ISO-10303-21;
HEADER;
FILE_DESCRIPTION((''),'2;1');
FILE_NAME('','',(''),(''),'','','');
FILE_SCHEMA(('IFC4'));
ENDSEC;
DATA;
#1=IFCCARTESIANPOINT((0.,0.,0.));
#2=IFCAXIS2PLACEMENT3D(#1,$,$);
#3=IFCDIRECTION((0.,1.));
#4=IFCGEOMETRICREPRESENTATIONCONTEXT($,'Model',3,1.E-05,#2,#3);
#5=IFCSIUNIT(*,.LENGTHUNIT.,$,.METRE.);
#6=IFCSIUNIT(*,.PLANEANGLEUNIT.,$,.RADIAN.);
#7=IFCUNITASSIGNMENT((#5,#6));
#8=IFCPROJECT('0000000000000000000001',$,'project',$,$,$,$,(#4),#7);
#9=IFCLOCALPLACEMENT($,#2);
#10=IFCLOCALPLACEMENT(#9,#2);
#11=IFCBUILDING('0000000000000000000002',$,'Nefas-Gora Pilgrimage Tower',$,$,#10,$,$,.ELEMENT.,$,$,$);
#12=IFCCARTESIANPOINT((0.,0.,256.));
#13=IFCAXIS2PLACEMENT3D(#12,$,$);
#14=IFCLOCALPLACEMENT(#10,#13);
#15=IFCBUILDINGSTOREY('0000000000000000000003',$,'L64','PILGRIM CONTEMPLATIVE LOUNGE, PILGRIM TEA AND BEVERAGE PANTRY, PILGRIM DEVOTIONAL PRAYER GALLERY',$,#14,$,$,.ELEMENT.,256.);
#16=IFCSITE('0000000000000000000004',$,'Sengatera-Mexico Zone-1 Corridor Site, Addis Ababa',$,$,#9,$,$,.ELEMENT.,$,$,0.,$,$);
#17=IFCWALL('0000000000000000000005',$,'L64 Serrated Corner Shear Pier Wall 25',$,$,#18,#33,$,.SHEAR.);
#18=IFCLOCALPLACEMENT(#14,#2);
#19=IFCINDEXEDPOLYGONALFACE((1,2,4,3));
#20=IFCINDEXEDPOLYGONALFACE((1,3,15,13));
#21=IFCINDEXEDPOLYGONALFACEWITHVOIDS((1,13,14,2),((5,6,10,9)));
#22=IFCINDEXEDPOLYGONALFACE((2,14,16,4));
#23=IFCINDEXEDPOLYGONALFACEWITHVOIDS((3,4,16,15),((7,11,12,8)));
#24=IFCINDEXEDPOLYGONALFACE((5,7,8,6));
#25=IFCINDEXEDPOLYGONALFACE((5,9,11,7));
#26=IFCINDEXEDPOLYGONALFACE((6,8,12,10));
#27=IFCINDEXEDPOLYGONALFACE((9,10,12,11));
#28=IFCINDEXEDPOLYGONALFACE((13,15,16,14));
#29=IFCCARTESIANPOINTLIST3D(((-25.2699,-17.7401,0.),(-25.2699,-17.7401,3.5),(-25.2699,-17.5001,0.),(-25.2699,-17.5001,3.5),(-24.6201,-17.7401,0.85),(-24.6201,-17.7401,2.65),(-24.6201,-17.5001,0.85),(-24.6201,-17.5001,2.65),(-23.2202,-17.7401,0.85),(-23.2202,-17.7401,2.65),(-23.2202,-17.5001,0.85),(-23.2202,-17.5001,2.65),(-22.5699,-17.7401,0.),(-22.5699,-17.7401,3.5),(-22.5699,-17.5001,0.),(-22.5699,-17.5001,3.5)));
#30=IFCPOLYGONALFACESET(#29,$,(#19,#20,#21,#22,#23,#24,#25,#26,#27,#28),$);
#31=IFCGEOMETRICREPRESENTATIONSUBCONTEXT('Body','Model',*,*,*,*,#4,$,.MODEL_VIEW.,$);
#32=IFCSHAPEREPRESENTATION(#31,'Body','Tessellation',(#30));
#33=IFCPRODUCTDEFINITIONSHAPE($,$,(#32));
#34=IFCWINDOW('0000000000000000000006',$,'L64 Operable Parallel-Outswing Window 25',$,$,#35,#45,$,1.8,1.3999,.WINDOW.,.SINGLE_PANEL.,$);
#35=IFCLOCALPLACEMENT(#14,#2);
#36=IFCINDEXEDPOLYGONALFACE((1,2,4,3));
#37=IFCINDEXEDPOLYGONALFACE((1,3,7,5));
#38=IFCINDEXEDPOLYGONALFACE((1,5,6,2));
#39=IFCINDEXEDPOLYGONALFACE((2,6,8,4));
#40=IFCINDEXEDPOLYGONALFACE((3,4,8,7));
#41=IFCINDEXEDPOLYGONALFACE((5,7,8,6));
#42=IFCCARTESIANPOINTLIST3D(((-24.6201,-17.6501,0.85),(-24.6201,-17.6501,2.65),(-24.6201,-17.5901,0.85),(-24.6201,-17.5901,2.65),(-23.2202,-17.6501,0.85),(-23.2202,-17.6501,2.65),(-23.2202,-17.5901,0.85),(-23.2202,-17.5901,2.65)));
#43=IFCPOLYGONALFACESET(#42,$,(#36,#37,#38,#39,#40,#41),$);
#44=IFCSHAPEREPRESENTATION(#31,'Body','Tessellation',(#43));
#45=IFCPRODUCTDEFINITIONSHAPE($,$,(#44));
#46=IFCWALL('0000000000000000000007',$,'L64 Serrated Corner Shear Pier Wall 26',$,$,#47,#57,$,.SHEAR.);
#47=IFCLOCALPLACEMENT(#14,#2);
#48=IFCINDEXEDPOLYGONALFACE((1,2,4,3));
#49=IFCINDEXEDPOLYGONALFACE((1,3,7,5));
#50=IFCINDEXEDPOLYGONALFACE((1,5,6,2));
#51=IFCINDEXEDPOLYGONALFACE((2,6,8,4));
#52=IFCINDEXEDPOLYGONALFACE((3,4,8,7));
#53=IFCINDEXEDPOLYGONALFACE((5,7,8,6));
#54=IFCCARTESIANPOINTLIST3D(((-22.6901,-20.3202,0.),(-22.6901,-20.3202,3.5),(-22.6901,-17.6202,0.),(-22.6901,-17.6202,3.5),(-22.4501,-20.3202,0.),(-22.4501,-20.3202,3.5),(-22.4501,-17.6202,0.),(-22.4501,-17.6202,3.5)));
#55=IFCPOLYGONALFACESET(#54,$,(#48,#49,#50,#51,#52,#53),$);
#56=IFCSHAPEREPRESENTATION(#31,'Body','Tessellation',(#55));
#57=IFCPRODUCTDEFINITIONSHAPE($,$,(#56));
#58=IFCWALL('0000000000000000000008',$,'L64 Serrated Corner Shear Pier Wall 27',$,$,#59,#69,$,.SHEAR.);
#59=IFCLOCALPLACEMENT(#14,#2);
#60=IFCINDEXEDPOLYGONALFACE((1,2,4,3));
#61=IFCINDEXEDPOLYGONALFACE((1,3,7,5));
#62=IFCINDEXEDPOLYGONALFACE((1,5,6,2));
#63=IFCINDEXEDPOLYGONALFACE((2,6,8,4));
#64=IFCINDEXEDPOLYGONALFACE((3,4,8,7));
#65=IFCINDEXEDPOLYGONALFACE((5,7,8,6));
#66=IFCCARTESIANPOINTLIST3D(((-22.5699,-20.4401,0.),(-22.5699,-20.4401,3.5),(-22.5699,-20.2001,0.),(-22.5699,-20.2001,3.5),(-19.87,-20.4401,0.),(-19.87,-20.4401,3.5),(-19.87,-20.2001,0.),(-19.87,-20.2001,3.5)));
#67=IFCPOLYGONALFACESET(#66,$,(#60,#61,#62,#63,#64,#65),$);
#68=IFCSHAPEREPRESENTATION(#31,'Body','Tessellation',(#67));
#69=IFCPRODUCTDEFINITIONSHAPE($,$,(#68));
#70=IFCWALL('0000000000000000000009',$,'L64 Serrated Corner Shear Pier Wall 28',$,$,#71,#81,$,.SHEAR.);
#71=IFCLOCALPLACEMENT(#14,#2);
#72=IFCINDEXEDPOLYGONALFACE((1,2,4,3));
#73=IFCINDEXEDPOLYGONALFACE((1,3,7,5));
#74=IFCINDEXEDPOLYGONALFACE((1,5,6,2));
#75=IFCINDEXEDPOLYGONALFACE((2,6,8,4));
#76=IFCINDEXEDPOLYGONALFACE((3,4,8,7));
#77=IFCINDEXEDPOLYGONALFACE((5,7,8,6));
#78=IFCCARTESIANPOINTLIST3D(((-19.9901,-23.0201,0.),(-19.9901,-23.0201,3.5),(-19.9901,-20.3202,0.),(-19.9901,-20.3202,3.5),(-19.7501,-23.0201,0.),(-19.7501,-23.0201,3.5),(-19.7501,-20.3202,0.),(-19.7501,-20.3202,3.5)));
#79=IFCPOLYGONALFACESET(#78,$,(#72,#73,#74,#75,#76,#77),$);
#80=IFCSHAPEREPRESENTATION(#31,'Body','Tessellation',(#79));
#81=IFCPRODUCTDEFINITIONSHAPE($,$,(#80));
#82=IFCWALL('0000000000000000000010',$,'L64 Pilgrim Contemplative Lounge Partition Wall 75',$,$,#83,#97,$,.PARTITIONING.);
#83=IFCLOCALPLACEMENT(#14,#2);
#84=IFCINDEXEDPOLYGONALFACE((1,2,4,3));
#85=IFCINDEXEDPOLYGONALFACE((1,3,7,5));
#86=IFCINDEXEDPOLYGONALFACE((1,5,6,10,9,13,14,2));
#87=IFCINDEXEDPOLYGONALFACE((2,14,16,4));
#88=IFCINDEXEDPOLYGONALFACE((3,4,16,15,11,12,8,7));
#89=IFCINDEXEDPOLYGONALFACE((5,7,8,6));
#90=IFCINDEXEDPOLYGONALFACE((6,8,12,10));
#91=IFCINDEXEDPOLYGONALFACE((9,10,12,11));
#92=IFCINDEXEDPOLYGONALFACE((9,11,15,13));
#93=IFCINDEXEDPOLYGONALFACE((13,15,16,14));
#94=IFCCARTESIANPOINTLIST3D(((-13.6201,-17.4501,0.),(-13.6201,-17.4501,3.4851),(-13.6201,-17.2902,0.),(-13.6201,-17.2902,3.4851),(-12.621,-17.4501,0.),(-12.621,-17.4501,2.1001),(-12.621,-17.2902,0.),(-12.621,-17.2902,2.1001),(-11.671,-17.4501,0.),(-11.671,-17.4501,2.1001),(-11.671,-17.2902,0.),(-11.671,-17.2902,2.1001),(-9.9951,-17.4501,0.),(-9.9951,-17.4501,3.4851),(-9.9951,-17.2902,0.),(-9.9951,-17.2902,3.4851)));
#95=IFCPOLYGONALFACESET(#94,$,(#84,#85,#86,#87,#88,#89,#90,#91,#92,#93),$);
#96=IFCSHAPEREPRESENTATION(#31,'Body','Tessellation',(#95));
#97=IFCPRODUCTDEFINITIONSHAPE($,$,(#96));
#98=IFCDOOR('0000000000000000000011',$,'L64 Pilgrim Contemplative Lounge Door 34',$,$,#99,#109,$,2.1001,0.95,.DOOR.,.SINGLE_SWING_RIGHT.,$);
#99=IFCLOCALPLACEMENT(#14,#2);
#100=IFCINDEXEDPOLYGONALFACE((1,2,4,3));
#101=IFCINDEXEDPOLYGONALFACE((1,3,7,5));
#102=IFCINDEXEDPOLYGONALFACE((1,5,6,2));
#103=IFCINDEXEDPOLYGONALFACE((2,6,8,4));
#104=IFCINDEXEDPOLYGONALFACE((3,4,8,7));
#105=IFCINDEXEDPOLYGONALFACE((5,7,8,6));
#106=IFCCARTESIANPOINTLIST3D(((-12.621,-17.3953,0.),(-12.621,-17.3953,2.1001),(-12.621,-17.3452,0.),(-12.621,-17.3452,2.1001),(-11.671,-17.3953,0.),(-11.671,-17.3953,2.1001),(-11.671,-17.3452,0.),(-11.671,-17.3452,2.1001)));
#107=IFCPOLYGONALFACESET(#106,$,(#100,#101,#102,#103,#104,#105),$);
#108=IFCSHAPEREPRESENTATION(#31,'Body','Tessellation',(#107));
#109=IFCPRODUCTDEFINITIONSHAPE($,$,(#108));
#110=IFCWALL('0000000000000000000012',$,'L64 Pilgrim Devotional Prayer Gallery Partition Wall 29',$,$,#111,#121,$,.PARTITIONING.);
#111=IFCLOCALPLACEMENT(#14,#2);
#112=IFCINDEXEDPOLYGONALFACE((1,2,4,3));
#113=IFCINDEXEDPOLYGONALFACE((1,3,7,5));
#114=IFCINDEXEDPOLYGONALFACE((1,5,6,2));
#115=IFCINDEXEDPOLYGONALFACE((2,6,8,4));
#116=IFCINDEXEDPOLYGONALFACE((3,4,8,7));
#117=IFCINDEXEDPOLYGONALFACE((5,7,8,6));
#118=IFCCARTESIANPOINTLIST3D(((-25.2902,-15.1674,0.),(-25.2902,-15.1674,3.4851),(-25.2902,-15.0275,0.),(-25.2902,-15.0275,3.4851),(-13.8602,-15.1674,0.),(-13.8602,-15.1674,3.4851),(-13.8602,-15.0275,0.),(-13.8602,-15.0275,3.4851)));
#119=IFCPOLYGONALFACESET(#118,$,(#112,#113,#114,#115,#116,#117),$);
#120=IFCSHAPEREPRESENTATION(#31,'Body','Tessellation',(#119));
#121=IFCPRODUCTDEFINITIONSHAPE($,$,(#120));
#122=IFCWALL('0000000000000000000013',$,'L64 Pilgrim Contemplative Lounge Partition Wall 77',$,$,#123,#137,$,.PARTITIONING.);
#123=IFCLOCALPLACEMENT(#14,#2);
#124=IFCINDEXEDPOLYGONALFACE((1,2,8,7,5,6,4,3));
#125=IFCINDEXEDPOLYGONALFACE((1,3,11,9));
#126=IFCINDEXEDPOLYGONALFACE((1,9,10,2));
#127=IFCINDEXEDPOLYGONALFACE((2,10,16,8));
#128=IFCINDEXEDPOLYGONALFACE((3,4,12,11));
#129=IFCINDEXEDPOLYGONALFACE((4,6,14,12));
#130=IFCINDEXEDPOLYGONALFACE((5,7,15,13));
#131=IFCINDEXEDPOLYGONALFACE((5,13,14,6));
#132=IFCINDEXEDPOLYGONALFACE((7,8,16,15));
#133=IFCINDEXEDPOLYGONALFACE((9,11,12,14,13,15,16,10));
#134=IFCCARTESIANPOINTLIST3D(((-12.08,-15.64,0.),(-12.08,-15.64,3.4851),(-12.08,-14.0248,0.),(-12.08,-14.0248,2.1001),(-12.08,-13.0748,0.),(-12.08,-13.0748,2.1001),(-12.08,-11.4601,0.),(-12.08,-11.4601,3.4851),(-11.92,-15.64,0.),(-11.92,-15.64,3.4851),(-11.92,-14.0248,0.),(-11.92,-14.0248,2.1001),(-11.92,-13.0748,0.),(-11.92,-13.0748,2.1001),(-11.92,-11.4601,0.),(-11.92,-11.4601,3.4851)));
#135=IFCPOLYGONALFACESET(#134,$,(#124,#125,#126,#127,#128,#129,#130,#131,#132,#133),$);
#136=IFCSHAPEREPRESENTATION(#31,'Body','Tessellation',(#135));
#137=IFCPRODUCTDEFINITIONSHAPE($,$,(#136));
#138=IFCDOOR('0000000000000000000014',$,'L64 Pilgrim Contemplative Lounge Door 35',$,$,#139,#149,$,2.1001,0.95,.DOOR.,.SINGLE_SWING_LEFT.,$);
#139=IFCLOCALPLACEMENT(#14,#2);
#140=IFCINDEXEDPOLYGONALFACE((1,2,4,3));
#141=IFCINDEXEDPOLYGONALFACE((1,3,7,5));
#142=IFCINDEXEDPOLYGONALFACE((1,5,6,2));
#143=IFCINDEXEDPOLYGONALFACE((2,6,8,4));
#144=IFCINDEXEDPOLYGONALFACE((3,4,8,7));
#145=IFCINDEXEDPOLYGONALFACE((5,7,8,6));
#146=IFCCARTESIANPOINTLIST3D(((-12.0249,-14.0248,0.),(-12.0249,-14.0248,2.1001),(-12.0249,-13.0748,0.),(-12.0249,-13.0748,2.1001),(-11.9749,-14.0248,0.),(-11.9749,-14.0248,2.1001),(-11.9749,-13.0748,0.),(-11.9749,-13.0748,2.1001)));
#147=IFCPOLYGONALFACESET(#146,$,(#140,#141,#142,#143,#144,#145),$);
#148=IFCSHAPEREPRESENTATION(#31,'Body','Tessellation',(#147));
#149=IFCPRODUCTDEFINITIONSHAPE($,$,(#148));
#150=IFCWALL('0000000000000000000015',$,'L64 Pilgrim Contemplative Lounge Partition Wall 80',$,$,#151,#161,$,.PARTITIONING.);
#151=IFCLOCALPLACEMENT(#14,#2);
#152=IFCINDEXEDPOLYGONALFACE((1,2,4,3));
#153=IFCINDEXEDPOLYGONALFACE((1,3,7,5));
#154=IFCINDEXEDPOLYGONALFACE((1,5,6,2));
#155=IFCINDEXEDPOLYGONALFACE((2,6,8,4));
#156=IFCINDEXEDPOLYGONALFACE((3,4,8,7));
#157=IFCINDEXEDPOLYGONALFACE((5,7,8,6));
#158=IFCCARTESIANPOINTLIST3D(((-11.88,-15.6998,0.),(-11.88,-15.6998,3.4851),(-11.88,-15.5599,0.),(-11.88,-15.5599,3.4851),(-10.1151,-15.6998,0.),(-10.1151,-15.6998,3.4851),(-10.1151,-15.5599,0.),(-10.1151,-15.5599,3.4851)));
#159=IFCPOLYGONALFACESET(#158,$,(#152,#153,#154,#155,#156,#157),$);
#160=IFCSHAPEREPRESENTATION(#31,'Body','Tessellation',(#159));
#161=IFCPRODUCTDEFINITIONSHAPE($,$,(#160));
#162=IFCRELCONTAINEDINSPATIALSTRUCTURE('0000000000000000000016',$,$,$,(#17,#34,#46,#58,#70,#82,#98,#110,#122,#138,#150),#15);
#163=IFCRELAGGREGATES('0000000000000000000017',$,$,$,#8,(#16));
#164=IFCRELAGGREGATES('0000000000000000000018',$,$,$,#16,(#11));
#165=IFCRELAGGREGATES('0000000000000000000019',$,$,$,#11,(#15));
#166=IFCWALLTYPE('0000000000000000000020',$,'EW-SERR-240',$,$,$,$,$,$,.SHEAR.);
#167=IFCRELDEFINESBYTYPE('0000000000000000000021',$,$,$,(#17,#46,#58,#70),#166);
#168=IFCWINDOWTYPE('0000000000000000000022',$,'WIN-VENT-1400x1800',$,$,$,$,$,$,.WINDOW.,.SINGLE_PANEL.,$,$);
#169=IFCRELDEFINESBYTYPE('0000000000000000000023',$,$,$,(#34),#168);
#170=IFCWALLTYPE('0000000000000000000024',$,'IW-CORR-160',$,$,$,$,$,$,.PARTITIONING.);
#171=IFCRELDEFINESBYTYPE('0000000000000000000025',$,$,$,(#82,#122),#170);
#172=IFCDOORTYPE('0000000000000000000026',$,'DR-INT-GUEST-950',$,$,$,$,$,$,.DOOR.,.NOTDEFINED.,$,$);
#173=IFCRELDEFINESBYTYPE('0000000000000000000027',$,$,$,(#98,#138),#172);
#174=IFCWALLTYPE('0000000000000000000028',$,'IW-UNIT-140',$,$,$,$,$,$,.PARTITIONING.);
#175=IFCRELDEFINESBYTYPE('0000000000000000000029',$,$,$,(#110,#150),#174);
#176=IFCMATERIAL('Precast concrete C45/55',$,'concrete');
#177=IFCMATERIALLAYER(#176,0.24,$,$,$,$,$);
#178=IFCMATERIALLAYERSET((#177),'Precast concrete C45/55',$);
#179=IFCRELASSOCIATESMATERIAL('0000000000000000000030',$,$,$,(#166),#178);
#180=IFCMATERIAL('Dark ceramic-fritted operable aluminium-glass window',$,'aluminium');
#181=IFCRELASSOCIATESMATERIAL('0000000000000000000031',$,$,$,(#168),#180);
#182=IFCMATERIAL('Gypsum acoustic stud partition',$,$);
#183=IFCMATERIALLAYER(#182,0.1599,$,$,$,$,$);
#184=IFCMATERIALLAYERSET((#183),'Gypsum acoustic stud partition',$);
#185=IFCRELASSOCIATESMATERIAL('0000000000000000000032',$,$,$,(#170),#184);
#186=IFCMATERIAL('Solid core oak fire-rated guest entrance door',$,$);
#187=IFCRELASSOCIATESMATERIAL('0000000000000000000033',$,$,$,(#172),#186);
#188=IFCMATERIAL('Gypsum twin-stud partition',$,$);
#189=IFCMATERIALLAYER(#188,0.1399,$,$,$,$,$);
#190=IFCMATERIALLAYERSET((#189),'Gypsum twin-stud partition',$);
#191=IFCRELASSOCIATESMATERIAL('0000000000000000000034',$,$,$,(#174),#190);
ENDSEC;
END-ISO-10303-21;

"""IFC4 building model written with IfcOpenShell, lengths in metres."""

from ifc_helpers import new_model, si_unit, direction, frame, frame_2d, origin, place, context, subcontext, project, spatial, rectangle, extrude, source, transform, mapped, material, layer, layer_set, type_object, element, fill, save


model = new_model("IFC4")

# Units and contexts
model_context = context("Model", 3, precision=1e-05, world=origin(), true_north=direction((0.0, 1.0)))
body_context = subcontext(model_context, "Body", "Model", "MODEL_VIEW")
ifc_project = project(units=[si_unit("LENGTHUNIT", "METRE"), si_unit("PLANEANGLEUNIT", "RADIAN")], contexts=[model_context])

# Site, building, storey
site_placement = place(None, origin())
site = spatial("IfcSite", under=ifc_project, at=site_placement, Name="Sengatera-Mexico Zone-1 Corridor Site, Addis Ababa", CompositionType="ELEMENT", RefElevation=0.0)
building_placement = place(site_placement, origin())
building = spatial("IfcBuilding", under=site, at=building_placement, Name="Nefas-Gora Pilgrimage Tower", CompositionType="ELEMENT")
storey_placement = place(building_placement, frame((0.0, 0.0, 256.0)))
storey = spatial("IfcBuildingStorey", under=building, at=storey_placement, Name="L64", Description="PILGRIM CONTEMPLATIVE LOUNGE, PILGRIM TEA AND BEVERAGE PANTRY, PILGRIM DEVOTIONAL PRAYER GALLERY", CompositionType="ELEMENT", Elevation=256.0)

# Wall, opening, window
ifc_material_1 = material(Name="Precast concrete C45/55", Category="concrete")
ifc_layer_1 = layer(ifc_material_1, 0.24)
ifc_layer_set_1 = layer_set([ifc_layer_1], Name="Precast concrete C45/55")
wall_type_1 = type_object("IfcWallType", Name="EW-SERR-240", PredefinedType="SHEAR", material=ifc_layer_set_1)
shared_shape_1 = source(origin(), body_context, "Body", "SweptSolid", [
    extrude(rectangle(XDim=2.7, YDim=0.24, at=frame_2d((1.3501, 0.0))), origin(), (0.0, 0.0, 1.0), 3.5),
])
wall_1_placement = place(storey_placement, frame((-25.27, -17.6201, 0.0), z_axis=(0.0, 0.0, 1.0), x_axis=(1.0, 0.0, 0.0)))
wall_1 = element("IfcWall", 1, at=wall_1_placement, inside=storey, type_object=wall_type_1, Name="L64 Serrated Corner Shear Pier Wall 25", PredefinedType="SHEAR", context=body_context, shape_type="MappedRepresentation", body=[
    mapped(shared_shape_1, transform((0.0, 0.0, 0.0), x_axis=(1.0, 0.0, 0.0), y_axis=(0.0, 1.0, 0.0), z_axis=(0.0, 0.0, 1.0), scale=1.0)),
])
opening_1_placement = place(wall_1_placement, frame((0.6499, 0.0, 0.8501)))
opening_1 = element("IfcOpeningElement", 2, at=opening_1_placement, cuts=wall_1, PredefinedType="OPENING", context=body_context, shape_type="SweptSolid", body=[
    extrude(rectangle(XDim=1.3999, YDim=1.8, at=frame_2d((0.7, 0.8999))), frame((0.0, 0.1299, 0.0), z_axis=(0.0, -1.0, 0.0), x_axis=(1.0, 0.0, 0.0)), (0.0, 0.0, 1.0), 0.26),
])
ifc_material_2 = material(Name="Dark ceramic-fritted operable aluminium-glass window", Category="aluminium")
window_type = type_object("IfcWindowType", Name="WIN-VENT-1400x1800", PartitioningType="SINGLE_PANEL", PredefinedType="WINDOW", material=ifc_material_2)
shared_shape_2 = source(origin(), body_context, "Body", "SweptSolid", [
    extrude(rectangle(XDim=1.3999, YDim=1.8, at=frame_2d((0.7, 0.8999))), frame((0.0, 0.03, 0.0), z_axis=(0.0, -1.0, 0.0), x_axis=(1.0, 0.0, 0.0)), (0.0, 0.0, 1.0), 0.0601),
])
window_placement = place(opening_1_placement, origin())
window = element("IfcWindow", 3, at=window_placement, inside=storey, type_object=window_type, Name="L64 Operable Parallel-Outswing Window 25", OverallHeight=1.8, OverallWidth=1.3999, PartitioningType="SINGLE_PANEL", PredefinedType="WINDOW", context=body_context, shape_type="MappedRepresentation", body=[
    mapped(shared_shape_2, transform((0.0, 0.0, 0.0), x_axis=(1.0, 0.0, 0.0), y_axis=(0.0, 1.0, 0.0), z_axis=(0.0, 0.0, 1.0), scale=1.0)),
])
fill(opening_1, window)

# Walls
for number, where, z_axis, x_axis, name in (
    (4, (-22.5701, -17.6201, 0.0), (0.0, 0.0, 1.0), (0.0, -1.0, 0.0), "L64 Serrated Corner Shear Pier Wall 26"),
    (5, (-22.5701, -20.3201, 0.0), (0.0, 0.0, 1.0), (1.0, 0.0, 0.0), "L64 Serrated Corner Shear Pier Wall 27"),
    (6, (-19.8701, -20.3201, 0.0), (0.0, 0.0, 1.0), (0.0, -1.0, 0.0), "L64 Serrated Corner Shear Pier Wall 28"),
):
    element("IfcWall", number, at=place(storey_placement, frame(where, z_axis=z_axis, x_axis=x_axis)), inside=storey, type_object=wall_type_1, Name=name, PredefinedType="SHEAR", context=body_context, shape_type="MappedRepresentation", body=[
        mapped(shared_shape_1, transform((0.0, 0.0, 0.0), x_axis=(1.0, 0.0, 0.0), y_axis=(0.0, 1.0, 0.0), z_axis=(0.0, 0.0, 1.0), scale=1.0)),
    ])

# Wall, opening, door
ifc_material_3 = material(Name="Gypsum acoustic stud partition")
ifc_layer_2 = layer(ifc_material_3, 0.1599)
ifc_layer_set_2 = layer_set([ifc_layer_2], Name="Gypsum acoustic stud partition")
wall_type_2 = type_object("IfcWallType", Name="IW-CORR-160", PredefinedType="PARTITIONING", material=ifc_layer_set_2)
shared_shape_3 = source(origin(), body_context, "Body", "SweptSolid", [
    extrude(rectangle(XDim=3.625, YDim=0.1599, at=frame_2d((1.8125, 0.0))), origin(), (0.0, 0.0, 1.0), 3.4851),
])
wall_2_placement = place(storey_placement, frame((-13.6201, -17.3701, 0.0), z_axis=(0.0, 0.0, 1.0), x_axis=(1.0, 0.0, 0.0)))
wall_2 = element("IfcWall", 7, at=wall_2_placement, inside=storey, type_object=wall_type_2, Name="L64 Pilgrim Contemplative Lounge Partition Wall 75", PredefinedType="PARTITIONING", context=body_context, shape_type="MappedRepresentation", body=[
    mapped(shared_shape_3, transform((0.0, 0.0, 0.0), x_axis=(1.0, 0.0, 0.0), y_axis=(0.0, 1.0, 0.0), z_axis=(0.0, 0.0, 1.0), scale=1.0)),
])
opening_2_placement = place(wall_2_placement, frame((0.999, 0.0, 0.0)))
opening_2 = element("IfcOpeningElement", 8, at=opening_2_placement, cuts=wall_2, PredefinedType="OPENING", context=body_context, shape_type="SweptSolid", body=[
    extrude(rectangle(XDim=0.95, YDim=2.1001, at=frame_2d((0.4751, 1.05))), frame((0.0, 0.0898, 0.0), z_axis=(0.0, -1.0, 0.0), x_axis=(1.0, 0.0, 0.0)), (0.0, 0.0, 1.0), 0.1799),
])
ifc_material_4 = material(Name="Solid core oak fire-rated guest entrance door")
door_type = type_object("IfcDoorType", Name="DR-INT-GUEST-950", OperationType="NOTDEFINED", PredefinedType="DOOR", material=ifc_material_4)
shared_shape_4 = source(origin(), body_context, "Body", "SweptSolid", [
    extrude(rectangle(XDim=0.95, YDim=2.1001, at=frame_2d((0.4751, 1.05))), frame((0.0, 0.0249, 0.0), z_axis=(0.0, -1.0, 0.0), x_axis=(1.0, 0.0, 0.0)), (0.0, 0.0, 1.0), 0.05),
])
door_1_placement = place(opening_2_placement, origin())
door_1 = element("IfcDoor", 9, at=door_1_placement, inside=storey, type_object=door_type, Name="L64 Pilgrim Contemplative Lounge Door 34", OperationType="SINGLE_SWING_RIGHT", OverallHeight=2.1001, OverallWidth=0.95, PredefinedType="DOOR", context=body_context, shape_type="MappedRepresentation", body=[
    mapped(shared_shape_4, transform((0.0, 0.0, 0.0), x_axis=(1.0, 0.0, 0.0), y_axis=(0.0, 1.0, 0.0), z_axis=(0.0, 0.0, 1.0), scale=1.0)),
])
fill(opening_2, door_1)

# Wall
ifc_material_5 = material(Name="Gypsum twin-stud partition")
ifc_layer_3 = layer(ifc_material_5, 0.1399)
ifc_layer_set_3 = layer_set([ifc_layer_3], Name="Gypsum twin-stud partition")
wall_type_3 = type_object("IfcWallType", Name="IW-UNIT-140", PredefinedType="PARTITIONING", material=ifc_layer_set_3)
shared_shape_5 = source(origin(), body_context, "Body", "SweptSolid", [
    extrude(rectangle(XDim=11.4299, YDim=0.1399, at=frame_2d((5.7148, 0.0))), origin(), (0.0, 0.0, 1.0), 3.4851),
])
wall_3_placement = place(storey_placement, frame((-25.29, -15.0974, 0.0), z_axis=(0.0, 0.0, 1.0), x_axis=(1.0, 0.0, 0.0)))
element("IfcWall", 10, at=wall_3_placement, inside=storey, type_object=wall_type_3, Name="L64 Pilgrim Devotional Prayer Gallery Partition Wall 29", PredefinedType="PARTITIONING", context=body_context, shape_type="MappedRepresentation", body=[
    mapped(shared_shape_5, transform((0.0, 0.0, 0.0), x_axis=(1.0, 0.0, 0.0), y_axis=(0.0, 1.0, 0.0), z_axis=(0.0, 0.0, 1.0), scale=1.0)),
])

# Wall, opening, door
shared_shape_6 = source(origin(), body_context, "Body", "SweptSolid", [
    extrude(rectangle(XDim=4.1799, YDim=0.1599, at=frame_2d((2.0898, 0.0))), origin(), (0.0, 0.0, 1.0), 3.4851),
])
wall_4_placement = place(storey_placement, frame((-12.0, -15.6399, 0.0), z_axis=(0.0, 0.0, 1.0), x_axis=(0.0, 1.0, 0.0)))
wall_4 = element("IfcWall", 11, at=wall_4_placement, inside=storey, type_object=wall_type_2, Name="L64 Pilgrim Contemplative Lounge Partition Wall 77", PredefinedType="PARTITIONING", context=body_context, shape_type="MappedRepresentation", body=[
    mapped(shared_shape_6, transform((0.0, 0.0, 0.0), x_axis=(1.0, 0.0, 0.0), y_axis=(0.0, 1.0, 0.0), z_axis=(0.0, 0.0, 1.0), scale=1.0)),
])
opening_3_placement = place(wall_4_placement, frame((1.615, 0.0, 0.0)))
opening_3 = element("IfcOpeningElement", 12, at=opening_3_placement, cuts=wall_4, PredefinedType="OPENING", context=body_context, shape_type="SweptSolid", body=[
    extrude(rectangle(XDim=0.95, YDim=2.1001, at=frame_2d((0.4751, 1.05))), frame((0.0, 0.0898, 0.0), z_axis=(0.0, -1.0, 0.0), x_axis=(1.0, 0.0, 0.0)), (0.0, 0.0, 1.0), 0.1799),
])
door_2_placement = place(opening_3_placement, origin())
door_2 = element("IfcDoor", 13, at=door_2_placement, inside=storey, type_object=door_type, Name="L64 Pilgrim Contemplative Lounge Door 35", OperationType="SINGLE_SWING_LEFT", OverallHeight=2.1001, OverallWidth=0.95, PredefinedType="DOOR", context=body_context, shape_type="MappedRepresentation", body=[
    mapped(shared_shape_4, transform((0.0, 0.0, 0.0), x_axis=(1.0, 0.0, 0.0), y_axis=(0.0, 1.0, 0.0), z_axis=(0.0, 0.0, 1.0), scale=1.0)),
])
fill(opening_3, door_2)

# Wall
shared_shape_7 = source(origin(), body_context, "Body", "SweptSolid", [
    extrude(rectangle(XDim=1.7649, YDim=0.1399, at=frame_2d((0.8823, 0.0))), origin(), (0.0, 0.0, 1.0), 3.4851),
])
wall_5_placement = place(storey_placement, frame((-11.8799, -15.6299, 0.0), z_axis=(0.0, 0.0, 1.0), x_axis=(1.0, 0.0, 0.0)))
element("IfcWall", 14, at=wall_5_placement, inside=storey, type_object=wall_type_3, Name="L64 Pilgrim Contemplative Lounge Partition Wall 80", PredefinedType="PARTITIONING", context=body_context, shape_type="MappedRepresentation", body=[
    mapped(shared_shape_7, transform((0.0, 0.0, 0.0), x_axis=(1.0, 0.0, 0.0), y_axis=(0.0, 1.0, 0.0), z_axis=(0.0, 0.0, 1.0), scale=1.0)),
])

save(model, "model.ifc")
